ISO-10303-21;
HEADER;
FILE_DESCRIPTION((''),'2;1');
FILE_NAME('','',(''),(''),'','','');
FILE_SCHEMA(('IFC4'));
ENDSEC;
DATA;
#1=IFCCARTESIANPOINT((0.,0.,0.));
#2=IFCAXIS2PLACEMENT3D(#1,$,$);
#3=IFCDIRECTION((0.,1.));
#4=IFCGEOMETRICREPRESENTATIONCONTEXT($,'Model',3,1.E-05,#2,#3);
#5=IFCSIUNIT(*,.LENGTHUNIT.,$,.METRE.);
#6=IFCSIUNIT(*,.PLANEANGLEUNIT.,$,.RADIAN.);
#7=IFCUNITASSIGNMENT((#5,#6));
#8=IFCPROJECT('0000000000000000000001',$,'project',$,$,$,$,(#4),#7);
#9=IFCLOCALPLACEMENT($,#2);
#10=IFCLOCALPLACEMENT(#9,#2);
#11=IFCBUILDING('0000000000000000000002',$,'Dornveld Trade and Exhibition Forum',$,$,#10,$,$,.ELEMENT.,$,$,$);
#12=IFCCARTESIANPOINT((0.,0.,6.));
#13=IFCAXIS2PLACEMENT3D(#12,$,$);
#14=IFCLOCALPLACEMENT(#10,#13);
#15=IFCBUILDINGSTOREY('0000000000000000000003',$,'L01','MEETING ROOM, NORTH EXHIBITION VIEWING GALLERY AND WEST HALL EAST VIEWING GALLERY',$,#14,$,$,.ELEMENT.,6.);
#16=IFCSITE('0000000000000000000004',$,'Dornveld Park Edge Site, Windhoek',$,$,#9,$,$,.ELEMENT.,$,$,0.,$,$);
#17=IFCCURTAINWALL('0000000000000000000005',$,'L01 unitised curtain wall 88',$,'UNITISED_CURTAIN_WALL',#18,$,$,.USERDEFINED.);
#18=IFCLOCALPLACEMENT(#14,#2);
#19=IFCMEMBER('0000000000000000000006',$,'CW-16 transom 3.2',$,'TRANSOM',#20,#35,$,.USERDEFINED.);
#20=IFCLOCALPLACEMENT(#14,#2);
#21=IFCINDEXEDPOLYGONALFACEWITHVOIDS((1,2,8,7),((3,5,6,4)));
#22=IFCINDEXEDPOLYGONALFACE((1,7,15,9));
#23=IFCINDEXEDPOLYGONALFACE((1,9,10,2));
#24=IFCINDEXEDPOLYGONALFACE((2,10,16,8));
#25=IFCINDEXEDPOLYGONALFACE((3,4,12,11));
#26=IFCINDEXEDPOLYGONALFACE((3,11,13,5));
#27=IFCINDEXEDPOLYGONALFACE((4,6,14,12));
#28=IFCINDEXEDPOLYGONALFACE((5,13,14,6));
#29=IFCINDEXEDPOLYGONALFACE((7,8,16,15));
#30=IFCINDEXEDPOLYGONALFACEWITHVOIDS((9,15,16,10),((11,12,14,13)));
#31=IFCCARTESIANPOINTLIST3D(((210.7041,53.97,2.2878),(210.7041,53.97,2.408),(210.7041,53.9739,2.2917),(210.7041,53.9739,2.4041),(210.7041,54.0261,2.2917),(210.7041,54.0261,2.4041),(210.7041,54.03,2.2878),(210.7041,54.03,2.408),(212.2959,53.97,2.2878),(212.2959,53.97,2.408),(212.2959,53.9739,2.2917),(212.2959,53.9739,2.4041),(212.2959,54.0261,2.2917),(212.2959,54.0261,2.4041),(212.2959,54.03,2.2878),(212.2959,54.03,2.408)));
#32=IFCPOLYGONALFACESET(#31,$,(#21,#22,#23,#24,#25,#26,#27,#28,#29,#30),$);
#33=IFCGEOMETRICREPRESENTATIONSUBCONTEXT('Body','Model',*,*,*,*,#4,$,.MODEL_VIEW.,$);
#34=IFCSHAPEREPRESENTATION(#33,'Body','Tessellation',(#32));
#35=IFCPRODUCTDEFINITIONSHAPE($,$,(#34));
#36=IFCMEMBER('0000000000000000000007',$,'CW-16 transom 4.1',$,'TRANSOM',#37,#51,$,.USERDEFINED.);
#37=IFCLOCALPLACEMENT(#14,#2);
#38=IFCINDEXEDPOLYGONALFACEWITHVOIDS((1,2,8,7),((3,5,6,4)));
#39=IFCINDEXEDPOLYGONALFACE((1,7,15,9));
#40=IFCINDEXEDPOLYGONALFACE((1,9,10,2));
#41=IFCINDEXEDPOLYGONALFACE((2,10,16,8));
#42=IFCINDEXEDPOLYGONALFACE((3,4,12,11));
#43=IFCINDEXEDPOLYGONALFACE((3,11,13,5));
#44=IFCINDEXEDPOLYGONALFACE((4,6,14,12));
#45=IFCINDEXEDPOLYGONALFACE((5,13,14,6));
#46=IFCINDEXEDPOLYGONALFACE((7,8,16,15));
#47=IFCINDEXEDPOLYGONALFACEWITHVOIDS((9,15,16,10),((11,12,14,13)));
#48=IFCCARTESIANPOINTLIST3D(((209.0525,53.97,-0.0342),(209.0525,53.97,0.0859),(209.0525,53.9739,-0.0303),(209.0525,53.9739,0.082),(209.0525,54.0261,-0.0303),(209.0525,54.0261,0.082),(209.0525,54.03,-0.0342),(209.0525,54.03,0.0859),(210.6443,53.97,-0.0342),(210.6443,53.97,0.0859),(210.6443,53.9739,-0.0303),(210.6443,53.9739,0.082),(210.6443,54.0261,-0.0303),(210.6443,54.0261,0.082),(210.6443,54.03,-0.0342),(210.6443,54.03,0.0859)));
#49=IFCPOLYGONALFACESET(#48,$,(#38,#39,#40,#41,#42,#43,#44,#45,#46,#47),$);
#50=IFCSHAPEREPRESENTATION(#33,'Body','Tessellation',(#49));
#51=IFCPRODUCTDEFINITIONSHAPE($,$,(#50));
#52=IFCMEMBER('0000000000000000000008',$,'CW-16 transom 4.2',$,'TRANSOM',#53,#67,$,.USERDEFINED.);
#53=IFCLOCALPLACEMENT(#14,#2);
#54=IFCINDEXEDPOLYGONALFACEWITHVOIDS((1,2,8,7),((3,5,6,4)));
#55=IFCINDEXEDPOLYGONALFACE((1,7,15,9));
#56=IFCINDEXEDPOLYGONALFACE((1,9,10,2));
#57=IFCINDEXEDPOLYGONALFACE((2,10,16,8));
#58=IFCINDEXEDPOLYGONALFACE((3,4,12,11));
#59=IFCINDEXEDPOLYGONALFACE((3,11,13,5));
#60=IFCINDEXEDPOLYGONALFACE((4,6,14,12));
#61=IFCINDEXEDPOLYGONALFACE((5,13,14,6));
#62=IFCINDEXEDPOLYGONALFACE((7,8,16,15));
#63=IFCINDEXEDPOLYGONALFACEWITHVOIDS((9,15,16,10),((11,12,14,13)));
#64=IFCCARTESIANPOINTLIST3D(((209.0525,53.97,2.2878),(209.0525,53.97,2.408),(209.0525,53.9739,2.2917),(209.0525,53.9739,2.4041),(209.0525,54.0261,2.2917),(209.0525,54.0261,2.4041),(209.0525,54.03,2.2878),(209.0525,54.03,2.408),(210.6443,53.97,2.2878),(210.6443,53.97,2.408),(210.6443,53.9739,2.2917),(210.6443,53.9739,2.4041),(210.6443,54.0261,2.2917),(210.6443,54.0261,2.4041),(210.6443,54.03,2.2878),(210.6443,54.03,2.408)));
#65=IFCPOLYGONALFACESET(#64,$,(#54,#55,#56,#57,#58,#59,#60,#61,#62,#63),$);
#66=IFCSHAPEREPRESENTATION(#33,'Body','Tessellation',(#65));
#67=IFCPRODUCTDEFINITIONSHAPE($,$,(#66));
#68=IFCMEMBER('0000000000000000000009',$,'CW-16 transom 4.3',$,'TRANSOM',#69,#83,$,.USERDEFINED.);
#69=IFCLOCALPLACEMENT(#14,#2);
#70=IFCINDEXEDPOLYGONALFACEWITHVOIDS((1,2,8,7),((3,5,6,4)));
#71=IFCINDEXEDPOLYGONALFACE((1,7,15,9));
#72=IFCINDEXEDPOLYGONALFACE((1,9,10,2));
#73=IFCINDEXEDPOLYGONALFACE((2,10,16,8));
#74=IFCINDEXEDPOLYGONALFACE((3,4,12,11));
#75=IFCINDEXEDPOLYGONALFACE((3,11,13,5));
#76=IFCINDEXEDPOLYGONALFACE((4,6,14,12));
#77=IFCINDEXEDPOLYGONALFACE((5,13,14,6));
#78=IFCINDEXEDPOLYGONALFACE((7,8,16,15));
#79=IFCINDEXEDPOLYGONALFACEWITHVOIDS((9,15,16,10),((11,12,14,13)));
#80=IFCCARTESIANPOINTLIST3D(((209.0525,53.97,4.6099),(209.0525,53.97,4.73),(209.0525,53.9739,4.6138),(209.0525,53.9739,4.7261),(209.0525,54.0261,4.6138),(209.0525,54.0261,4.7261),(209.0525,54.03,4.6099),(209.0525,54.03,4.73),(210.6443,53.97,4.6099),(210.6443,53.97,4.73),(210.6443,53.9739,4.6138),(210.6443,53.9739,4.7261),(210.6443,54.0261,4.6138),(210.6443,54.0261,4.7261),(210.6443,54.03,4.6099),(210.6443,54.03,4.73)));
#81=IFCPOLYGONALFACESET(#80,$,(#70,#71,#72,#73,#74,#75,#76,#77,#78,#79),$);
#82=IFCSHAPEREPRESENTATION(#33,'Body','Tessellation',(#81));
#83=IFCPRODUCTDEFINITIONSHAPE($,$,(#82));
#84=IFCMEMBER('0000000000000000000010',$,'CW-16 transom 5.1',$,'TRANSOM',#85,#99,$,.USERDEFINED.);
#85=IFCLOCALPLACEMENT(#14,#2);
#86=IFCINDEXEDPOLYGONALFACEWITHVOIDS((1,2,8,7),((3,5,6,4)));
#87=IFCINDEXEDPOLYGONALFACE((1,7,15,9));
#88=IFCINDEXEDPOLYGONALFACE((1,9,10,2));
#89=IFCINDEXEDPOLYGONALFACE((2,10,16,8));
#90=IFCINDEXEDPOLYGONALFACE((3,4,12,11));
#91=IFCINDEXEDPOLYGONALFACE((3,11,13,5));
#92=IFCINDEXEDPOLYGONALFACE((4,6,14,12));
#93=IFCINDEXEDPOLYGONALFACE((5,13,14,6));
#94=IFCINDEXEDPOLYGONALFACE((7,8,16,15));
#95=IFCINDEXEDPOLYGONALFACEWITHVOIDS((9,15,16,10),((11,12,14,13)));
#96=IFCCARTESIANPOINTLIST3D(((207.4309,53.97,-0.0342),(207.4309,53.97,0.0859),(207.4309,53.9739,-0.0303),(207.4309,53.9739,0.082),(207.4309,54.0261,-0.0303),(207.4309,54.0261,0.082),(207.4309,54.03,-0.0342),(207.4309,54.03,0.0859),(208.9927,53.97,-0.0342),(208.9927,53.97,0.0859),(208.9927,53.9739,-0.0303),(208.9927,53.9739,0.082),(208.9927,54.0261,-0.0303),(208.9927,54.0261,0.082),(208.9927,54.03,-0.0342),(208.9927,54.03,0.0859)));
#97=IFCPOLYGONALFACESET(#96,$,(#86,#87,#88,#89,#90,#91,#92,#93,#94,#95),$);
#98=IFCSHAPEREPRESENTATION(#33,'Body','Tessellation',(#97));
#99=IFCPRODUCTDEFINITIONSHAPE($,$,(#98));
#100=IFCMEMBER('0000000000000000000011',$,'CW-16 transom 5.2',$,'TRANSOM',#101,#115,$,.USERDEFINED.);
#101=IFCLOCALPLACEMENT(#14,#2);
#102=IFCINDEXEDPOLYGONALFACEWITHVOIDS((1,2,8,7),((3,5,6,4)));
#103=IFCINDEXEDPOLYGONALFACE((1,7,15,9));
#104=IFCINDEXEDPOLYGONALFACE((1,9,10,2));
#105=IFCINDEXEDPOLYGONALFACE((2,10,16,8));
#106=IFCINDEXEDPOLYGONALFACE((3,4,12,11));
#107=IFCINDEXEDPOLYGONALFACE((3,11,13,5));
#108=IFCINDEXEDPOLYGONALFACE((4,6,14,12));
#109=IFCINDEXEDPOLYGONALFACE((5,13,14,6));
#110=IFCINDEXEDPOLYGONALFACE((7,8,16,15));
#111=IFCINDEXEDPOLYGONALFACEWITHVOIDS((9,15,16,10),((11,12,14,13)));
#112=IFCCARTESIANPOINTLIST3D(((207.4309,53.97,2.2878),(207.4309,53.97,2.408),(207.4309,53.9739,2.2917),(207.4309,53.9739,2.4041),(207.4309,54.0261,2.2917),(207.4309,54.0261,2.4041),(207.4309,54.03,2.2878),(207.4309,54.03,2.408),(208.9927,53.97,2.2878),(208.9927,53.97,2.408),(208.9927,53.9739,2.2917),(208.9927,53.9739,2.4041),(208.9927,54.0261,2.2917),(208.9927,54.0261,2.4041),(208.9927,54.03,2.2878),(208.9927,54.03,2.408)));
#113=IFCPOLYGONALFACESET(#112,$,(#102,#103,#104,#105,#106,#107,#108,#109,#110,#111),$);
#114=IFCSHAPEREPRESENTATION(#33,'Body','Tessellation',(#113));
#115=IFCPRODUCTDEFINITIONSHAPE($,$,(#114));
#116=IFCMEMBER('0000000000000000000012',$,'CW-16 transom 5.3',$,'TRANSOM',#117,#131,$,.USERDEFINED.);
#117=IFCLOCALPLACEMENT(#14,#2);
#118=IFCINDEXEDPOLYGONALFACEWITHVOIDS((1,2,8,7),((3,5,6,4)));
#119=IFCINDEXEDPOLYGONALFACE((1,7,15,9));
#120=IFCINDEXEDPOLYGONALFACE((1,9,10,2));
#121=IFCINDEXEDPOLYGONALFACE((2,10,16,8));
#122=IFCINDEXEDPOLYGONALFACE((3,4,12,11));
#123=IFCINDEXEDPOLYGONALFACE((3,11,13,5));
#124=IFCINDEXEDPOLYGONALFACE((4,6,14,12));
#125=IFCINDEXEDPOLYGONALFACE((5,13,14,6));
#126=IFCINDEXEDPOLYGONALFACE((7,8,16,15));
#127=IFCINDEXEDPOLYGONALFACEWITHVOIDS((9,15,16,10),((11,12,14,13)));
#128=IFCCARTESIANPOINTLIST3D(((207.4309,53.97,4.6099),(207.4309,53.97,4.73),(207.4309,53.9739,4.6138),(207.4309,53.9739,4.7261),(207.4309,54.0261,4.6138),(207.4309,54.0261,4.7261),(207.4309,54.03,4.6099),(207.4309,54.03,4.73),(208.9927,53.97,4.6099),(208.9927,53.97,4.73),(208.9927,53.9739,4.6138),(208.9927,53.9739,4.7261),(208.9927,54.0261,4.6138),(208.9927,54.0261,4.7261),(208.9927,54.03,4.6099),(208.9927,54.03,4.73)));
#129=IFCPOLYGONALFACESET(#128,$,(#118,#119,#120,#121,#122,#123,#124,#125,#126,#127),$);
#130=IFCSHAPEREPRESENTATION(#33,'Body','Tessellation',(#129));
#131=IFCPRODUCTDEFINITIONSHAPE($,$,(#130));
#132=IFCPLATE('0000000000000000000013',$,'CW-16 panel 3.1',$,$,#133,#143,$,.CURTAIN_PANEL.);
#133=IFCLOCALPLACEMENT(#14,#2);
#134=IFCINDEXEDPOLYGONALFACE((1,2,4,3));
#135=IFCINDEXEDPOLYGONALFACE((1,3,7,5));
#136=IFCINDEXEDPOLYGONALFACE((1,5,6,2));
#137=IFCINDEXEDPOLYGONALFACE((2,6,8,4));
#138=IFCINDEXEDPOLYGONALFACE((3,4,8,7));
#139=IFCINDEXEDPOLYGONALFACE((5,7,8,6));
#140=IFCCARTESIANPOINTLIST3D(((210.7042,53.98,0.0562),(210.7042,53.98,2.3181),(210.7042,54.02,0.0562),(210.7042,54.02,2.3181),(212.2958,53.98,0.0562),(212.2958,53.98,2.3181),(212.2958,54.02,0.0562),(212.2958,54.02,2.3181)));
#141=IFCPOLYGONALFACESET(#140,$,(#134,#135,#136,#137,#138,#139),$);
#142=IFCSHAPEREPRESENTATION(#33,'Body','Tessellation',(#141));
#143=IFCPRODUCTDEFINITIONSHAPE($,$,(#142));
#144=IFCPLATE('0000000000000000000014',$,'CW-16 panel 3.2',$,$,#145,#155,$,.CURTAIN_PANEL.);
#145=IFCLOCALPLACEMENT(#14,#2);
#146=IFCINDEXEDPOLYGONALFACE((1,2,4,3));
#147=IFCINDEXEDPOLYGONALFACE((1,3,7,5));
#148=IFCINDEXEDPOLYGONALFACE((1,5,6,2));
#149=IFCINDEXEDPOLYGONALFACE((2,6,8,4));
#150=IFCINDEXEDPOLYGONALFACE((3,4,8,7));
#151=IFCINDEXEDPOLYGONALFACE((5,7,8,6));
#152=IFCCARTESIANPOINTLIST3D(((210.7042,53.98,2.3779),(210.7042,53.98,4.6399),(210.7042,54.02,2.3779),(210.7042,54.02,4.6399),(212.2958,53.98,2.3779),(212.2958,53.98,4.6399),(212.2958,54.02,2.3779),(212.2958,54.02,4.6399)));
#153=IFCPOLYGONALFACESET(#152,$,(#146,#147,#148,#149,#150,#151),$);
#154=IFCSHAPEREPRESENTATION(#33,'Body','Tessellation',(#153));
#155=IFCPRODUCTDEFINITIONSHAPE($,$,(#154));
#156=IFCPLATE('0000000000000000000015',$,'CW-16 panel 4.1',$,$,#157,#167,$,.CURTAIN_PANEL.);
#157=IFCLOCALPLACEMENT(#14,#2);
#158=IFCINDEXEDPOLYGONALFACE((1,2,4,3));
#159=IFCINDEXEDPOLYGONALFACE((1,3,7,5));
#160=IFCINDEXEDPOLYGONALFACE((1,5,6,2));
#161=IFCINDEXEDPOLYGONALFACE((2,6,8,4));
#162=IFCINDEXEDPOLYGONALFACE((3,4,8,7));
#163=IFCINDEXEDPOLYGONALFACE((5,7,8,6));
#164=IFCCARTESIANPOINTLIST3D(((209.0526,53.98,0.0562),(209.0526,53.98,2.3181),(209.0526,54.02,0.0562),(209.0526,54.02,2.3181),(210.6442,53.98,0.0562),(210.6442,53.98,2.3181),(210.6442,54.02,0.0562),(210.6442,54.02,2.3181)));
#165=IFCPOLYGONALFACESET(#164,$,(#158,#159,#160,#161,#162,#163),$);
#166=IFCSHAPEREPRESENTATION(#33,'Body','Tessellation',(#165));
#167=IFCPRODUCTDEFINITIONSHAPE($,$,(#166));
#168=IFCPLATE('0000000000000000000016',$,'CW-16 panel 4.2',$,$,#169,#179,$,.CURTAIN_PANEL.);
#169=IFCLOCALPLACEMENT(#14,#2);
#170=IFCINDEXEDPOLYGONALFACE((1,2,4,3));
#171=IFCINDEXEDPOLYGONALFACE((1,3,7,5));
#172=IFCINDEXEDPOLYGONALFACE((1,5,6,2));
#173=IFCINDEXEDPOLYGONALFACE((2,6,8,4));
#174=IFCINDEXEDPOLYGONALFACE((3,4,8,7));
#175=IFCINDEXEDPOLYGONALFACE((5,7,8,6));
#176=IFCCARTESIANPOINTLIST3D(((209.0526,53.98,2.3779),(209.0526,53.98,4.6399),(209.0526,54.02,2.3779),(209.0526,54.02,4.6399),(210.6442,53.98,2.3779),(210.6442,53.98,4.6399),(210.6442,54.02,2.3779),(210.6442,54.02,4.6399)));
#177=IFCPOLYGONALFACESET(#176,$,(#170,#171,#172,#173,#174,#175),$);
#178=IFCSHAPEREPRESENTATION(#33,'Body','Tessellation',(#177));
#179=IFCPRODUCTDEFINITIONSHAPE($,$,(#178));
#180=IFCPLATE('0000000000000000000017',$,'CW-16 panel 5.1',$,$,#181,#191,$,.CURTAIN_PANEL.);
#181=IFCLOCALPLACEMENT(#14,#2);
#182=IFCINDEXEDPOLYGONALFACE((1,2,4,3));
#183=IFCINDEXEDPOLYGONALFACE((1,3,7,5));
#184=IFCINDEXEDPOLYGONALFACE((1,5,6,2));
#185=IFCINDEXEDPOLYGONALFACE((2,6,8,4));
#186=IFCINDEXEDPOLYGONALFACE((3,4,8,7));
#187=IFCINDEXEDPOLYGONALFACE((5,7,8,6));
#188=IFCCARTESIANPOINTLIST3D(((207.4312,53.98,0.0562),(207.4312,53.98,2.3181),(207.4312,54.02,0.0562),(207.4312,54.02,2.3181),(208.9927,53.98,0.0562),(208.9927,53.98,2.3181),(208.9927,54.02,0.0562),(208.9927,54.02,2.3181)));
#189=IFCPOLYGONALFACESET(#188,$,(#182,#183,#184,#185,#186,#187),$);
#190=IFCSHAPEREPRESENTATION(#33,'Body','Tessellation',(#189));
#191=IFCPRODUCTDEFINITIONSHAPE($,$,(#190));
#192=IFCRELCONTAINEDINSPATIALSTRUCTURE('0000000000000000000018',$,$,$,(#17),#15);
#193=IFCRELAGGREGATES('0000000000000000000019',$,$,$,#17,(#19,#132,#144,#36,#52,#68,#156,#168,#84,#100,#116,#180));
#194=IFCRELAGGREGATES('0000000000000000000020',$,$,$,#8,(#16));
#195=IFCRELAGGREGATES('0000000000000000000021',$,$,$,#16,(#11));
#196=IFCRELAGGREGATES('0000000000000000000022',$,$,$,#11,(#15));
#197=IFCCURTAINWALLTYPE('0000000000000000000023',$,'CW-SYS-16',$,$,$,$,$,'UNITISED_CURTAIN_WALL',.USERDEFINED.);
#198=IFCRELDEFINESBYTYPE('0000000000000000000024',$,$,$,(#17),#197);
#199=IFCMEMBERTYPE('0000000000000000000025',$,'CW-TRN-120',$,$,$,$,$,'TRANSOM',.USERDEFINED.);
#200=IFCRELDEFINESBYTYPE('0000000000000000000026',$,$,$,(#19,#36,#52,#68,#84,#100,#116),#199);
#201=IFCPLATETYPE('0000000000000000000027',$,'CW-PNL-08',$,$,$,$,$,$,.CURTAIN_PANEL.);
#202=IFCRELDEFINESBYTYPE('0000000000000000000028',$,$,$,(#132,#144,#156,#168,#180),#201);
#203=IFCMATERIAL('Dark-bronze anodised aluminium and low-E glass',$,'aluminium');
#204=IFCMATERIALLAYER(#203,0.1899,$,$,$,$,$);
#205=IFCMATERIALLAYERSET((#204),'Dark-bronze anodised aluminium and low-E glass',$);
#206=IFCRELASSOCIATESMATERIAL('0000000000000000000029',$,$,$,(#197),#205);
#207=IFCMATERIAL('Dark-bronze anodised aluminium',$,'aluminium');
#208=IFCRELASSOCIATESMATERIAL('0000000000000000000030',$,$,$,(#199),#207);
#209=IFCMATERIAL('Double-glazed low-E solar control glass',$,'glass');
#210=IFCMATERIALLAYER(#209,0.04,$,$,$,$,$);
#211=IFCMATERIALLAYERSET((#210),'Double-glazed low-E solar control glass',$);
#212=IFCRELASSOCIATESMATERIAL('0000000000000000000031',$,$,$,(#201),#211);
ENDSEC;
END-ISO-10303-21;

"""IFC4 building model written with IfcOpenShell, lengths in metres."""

from ifc_helpers import new_model, si_unit, direction, frame, origin, origin_2d, place, context, subcontext, project, spatial, rectangle, hollow_rectangle, extrude, material, layer, layer_set, material_profile, profile_set, type_object, element, aggregate, save


model = new_model("IFC4")

# Units and contexts
model_context = context("Model", 3, precision=1e-05, world=origin(), true_north=direction((0.0, 1.0)))
body_context = subcontext(model_context, "Body", "Model", "MODEL_VIEW")
ifc_project = project(units=[si_unit("LENGTHUNIT", "METRE"), si_unit("PLANEANGLEUNIT", "RADIAN")], contexts=[model_context])

# Site, building, storey
site_placement = place(None, origin())
site = spatial("IfcSite", under=ifc_project, at=site_placement, Name="Dornveld Park Edge Site, Windhoek", CompositionType="ELEMENT", RefElevation=0.0)
building_placement = place(site_placement, origin())
building = spatial("IfcBuilding", under=site, at=building_placement, Name="Dornveld Trade and Exhibition Forum", CompositionType="ELEMENT")
storey_placement = place(building_placement, frame((0.0, 0.0, 6.0)))
storey = spatial("IfcBuildingStorey", under=building, at=storey_placement, Name="L01", Description="MEETING ROOM, NORTH EXHIBITION VIEWING GALLERY AND WEST HALL EAST VIEWING GALLERY", CompositionType="ELEMENT", Elevation=6.0)

# Curtain wall, members, plates
ifc_material_1 = material(Name="Dark-bronze anodised aluminium and low-E glass", Category="aluminium")
ifc_layer_1 = layer(ifc_material_1, 0.1899)
ifc_layer_set_1 = layer_set([ifc_layer_1], Name="Dark-bronze anodised aluminium and low-E glass")
curtain_wall_type = type_object("IfcCurtainWallType", Name="CW-SYS-16", ElementType="UNITISED_CURTAIN_WALL", PredefinedType="USERDEFINED", material=ifc_layer_set_1)
curtain_wall_placement = place(storey_placement, origin())
curtain_wall = element("IfcCurtainWall", 1, at=curtain_wall_placement, inside=storey, type_object=curtain_wall_type, Name="L01 unitised curtain wall 88", ObjectType="UNITISED_CURTAIN_WALL", PredefinedType="USERDEFINED")
ifc_material_2 = material(Name="Dark-bronze anodised aluminium", Category="aluminium")
ifc_material_profile_1 = material_profile(ifc_material_2, hollow_rectangle(XDim=0.0601, YDim=0.1201, WallThickness=0.0039, at=origin_2d()), Name="RHS 120x60x4")
ifc_profile_set_1 = profile_set([ifc_material_profile_1], Name="Dark-bronze anodised aluminium")
member_type_1 = type_object("IfcMemberType", Name="CW-TRN-120", ElementType="TRANSOM", PredefinedType="USERDEFINED", material=ifc_profile_set_1)
member_1_placement = place(storey_placement, frame((212.2959, 54.0, 2.3479), z_axis=(-1.0, 0.0, 0.0), x_axis=(0.0, -1.0, 0.0)))
member_1 = element("IfcMember", 2, at=member_1_placement, type_object=member_type_1, Name="CW-16 transom 3.2", ObjectType="TRANSOM", PredefinedType="USERDEFINED", context=body_context, shape_type="SweptSolid", body=[
    extrude(hollow_rectangle(XDim=0.0601, YDim=0.1201, WallThickness=0.0039, at=origin_2d()), origin(), (0.0, 0.0, 1.0), 1.5918),
])
member_2_placement = place(storey_placement, frame((210.6443, 54.0, 0.0259), z_axis=(-1.0, 0.0, 0.0), x_axis=(0.0, -1.0, 0.0)))
member_2 = element("IfcMember", 3, at=member_2_placement, type_object=member_type_1, Name="CW-16 transom 4.1", ObjectType="TRANSOM", PredefinedType="USERDEFINED", context=body_context, shape_type="SweptSolid", body=[
    extrude(hollow_rectangle(XDim=0.0601, YDim=0.1201, WallThickness=0.0039, at=origin_2d()), origin(), (0.0, 0.0, 1.0), 1.5918),
])
member_3_placement = place(storey_placement, frame((210.6443, 54.0, 2.3479), z_axis=(-1.0, 0.0, 0.0), x_axis=(0.0, -1.0, 0.0)))
member_3 = element("IfcMember", 4, at=member_3_placement, type_object=member_type_1, Name="CW-16 transom 4.2", ObjectType="TRANSOM", PredefinedType="USERDEFINED", context=body_context, shape_type="SweptSolid", body=[
    extrude(hollow_rectangle(XDim=0.0601, YDim=0.1201, WallThickness=0.0039, at=origin_2d()), origin(), (0.0, 0.0, 1.0), 1.5918),
])
member_4_placement = place(storey_placement, frame((210.6443, 54.0, 4.6699), z_axis=(-1.0, 0.0, 0.0), x_axis=(0.0, -1.0, 0.0)))
member_4 = element("IfcMember", 5, at=member_4_placement, type_object=member_type_1, Name="CW-16 transom 4.3", ObjectType="TRANSOM", PredefinedType="USERDEFINED", context=body_context, shape_type="SweptSolid", body=[
    extrude(hollow_rectangle(XDim=0.0601, YDim=0.1201, WallThickness=0.0039, at=origin_2d()), origin(), (0.0, 0.0, 1.0), 1.5918),
])
member_5_placement = place(storey_placement, frame((208.9927, 54.0, 0.0259), z_axis=(-1.0, 0.0, 0.0), x_axis=(0.0, -1.0, 0.0)))
member_5 = element("IfcMember", 6, at=member_5_placement, type_object=member_type_1, Name="CW-16 transom 5.1", ObjectType="TRANSOM", PredefinedType="USERDEFINED", context=body_context, shape_type="SweptSolid", body=[
    extrude(hollow_rectangle(XDim=0.0601, YDim=0.1201, WallThickness=0.0039, at=origin_2d()), origin(), (0.0, 0.0, 1.0), 1.5618),
])
member_6_placement = place(storey_placement, frame((208.9927, 54.0, 2.3479), z_axis=(-1.0, 0.0, 0.0), x_axis=(0.0, -1.0, 0.0)))
member_6 = element("IfcMember", 7, at=member_6_placement, type_object=member_type_1, Name="CW-16 transom 5.2", ObjectType="TRANSOM", PredefinedType="USERDEFINED", context=body_context, shape_type="SweptSolid", body=[
    extrude(hollow_rectangle(XDim=0.0601, YDim=0.1201, WallThickness=0.0039, at=origin_2d()), origin(), (0.0, 0.0, 1.0), 1.5618),
])
member_7_placement = place(storey_placement, frame((208.9927, 54.0, 4.6699), z_axis=(-1.0, 0.0, 0.0), x_axis=(0.0, -1.0, 0.0)))
member_7 = element("IfcMember", 8, at=member_7_placement, type_object=member_type_1, Name="CW-16 transom 5.3", ObjectType="TRANSOM", PredefinedType="USERDEFINED", context=body_context, shape_type="SweptSolid", body=[
    extrude(hollow_rectangle(XDim=0.0601, YDim=0.1201, WallThickness=0.0039, at=origin_2d()), origin(), (0.0, 0.0, 1.0), 1.5618),
])
ifc_material_3 = material(Name="Double-glazed low-E solar control glass", Category="glass")
ifc_layer_2 = layer(ifc_material_3, 0.04)
ifc_layer_set_2 = layer_set([ifc_layer_2], Name="Double-glazed low-E solar control glass")
plate_type = type_object("IfcPlateType", Name="CW-PNL-08", PredefinedType="CURTAIN_PANEL", material=ifc_layer_set_2)
plate_1_placement = place(storey_placement, frame((211.5, 54.0, 0.0562), z_axis=(0.0, 0.0, 1.0), x_axis=(-1.0, 0.0, 0.0)))
plate_1 = element("IfcPlate", 9, at=plate_1_placement, type_object=plate_type, Name="CW-16 panel 3.1", PredefinedType="CURTAIN_PANEL", context=body_context, shape_type="SweptSolid", body=[
    extrude(rectangle(XDim=1.5916, YDim=0.04, at=origin_2d()), origin(), (0.0, 0.0, 1.0), 2.262),
])
plate_2_placement = place(storey_placement, frame((211.5, 54.0, 2.3779), z_axis=(0.0, 0.0, 1.0), x_axis=(-1.0, 0.0, 0.0)))
plate_2 = element("IfcPlate", 10, at=plate_2_placement, type_object=plate_type, Name="CW-16 panel 3.2", PredefinedType="CURTAIN_PANEL", context=body_context, shape_type="SweptSolid", body=[
    extrude(rectangle(XDim=1.5916, YDim=0.04, at=origin_2d()), origin(), (0.0, 0.0, 1.0), 2.262),
])
plate_3_placement = place(storey_placement, frame((209.8484, 54.0, 0.0562), z_axis=(0.0, 0.0, 1.0), x_axis=(-1.0, 0.0, 0.0)))
plate_3 = element("IfcPlate", 11, at=plate_3_placement, type_object=plate_type, Name="CW-16 panel 4.1", PredefinedType="CURTAIN_PANEL", context=body_context, shape_type="SweptSolid", body=[
    extrude(rectangle(XDim=1.5916, YDim=0.04, at=origin_2d()), origin(), (0.0, 0.0, 1.0), 2.262),
])
plate_4_placement = place(storey_placement, frame((209.8484, 54.0, 2.3779), z_axis=(0.0, 0.0, 1.0), x_axis=(-1.0, 0.0, 0.0)))
plate_4 = element("IfcPlate", 12, at=plate_4_placement, type_object=plate_type, Name="CW-16 panel 4.2", PredefinedType="CURTAIN_PANEL", context=body_context, shape_type="SweptSolid", body=[
    extrude(rectangle(XDim=1.5916, YDim=0.04, at=origin_2d()), origin(), (0.0, 0.0, 1.0), 2.262),
])
plate_5_placement = place(storey_placement, frame((208.2119, 54.0, 0.0562), z_axis=(0.0, 0.0, 1.0), x_axis=(-1.0, 0.0, 0.0)))
plate_5 = element("IfcPlate", 13, at=plate_5_placement, type_object=plate_type, Name="CW-16 panel 5.1", PredefinedType="CURTAIN_PANEL", context=body_context, shape_type="SweptSolid", body=[
    extrude(rectangle(XDim=1.5615, YDim=0.04, at=origin_2d()), origin(), (0.0, 0.0, 1.0), 2.262),
])
aggregate(curtain_wall, [member_1, plate_1, plate_2, member_2, member_3, member_4, plate_3, plate_4, member_5, member_6, member_7, plate_5])

save(model, "model.ifc")
